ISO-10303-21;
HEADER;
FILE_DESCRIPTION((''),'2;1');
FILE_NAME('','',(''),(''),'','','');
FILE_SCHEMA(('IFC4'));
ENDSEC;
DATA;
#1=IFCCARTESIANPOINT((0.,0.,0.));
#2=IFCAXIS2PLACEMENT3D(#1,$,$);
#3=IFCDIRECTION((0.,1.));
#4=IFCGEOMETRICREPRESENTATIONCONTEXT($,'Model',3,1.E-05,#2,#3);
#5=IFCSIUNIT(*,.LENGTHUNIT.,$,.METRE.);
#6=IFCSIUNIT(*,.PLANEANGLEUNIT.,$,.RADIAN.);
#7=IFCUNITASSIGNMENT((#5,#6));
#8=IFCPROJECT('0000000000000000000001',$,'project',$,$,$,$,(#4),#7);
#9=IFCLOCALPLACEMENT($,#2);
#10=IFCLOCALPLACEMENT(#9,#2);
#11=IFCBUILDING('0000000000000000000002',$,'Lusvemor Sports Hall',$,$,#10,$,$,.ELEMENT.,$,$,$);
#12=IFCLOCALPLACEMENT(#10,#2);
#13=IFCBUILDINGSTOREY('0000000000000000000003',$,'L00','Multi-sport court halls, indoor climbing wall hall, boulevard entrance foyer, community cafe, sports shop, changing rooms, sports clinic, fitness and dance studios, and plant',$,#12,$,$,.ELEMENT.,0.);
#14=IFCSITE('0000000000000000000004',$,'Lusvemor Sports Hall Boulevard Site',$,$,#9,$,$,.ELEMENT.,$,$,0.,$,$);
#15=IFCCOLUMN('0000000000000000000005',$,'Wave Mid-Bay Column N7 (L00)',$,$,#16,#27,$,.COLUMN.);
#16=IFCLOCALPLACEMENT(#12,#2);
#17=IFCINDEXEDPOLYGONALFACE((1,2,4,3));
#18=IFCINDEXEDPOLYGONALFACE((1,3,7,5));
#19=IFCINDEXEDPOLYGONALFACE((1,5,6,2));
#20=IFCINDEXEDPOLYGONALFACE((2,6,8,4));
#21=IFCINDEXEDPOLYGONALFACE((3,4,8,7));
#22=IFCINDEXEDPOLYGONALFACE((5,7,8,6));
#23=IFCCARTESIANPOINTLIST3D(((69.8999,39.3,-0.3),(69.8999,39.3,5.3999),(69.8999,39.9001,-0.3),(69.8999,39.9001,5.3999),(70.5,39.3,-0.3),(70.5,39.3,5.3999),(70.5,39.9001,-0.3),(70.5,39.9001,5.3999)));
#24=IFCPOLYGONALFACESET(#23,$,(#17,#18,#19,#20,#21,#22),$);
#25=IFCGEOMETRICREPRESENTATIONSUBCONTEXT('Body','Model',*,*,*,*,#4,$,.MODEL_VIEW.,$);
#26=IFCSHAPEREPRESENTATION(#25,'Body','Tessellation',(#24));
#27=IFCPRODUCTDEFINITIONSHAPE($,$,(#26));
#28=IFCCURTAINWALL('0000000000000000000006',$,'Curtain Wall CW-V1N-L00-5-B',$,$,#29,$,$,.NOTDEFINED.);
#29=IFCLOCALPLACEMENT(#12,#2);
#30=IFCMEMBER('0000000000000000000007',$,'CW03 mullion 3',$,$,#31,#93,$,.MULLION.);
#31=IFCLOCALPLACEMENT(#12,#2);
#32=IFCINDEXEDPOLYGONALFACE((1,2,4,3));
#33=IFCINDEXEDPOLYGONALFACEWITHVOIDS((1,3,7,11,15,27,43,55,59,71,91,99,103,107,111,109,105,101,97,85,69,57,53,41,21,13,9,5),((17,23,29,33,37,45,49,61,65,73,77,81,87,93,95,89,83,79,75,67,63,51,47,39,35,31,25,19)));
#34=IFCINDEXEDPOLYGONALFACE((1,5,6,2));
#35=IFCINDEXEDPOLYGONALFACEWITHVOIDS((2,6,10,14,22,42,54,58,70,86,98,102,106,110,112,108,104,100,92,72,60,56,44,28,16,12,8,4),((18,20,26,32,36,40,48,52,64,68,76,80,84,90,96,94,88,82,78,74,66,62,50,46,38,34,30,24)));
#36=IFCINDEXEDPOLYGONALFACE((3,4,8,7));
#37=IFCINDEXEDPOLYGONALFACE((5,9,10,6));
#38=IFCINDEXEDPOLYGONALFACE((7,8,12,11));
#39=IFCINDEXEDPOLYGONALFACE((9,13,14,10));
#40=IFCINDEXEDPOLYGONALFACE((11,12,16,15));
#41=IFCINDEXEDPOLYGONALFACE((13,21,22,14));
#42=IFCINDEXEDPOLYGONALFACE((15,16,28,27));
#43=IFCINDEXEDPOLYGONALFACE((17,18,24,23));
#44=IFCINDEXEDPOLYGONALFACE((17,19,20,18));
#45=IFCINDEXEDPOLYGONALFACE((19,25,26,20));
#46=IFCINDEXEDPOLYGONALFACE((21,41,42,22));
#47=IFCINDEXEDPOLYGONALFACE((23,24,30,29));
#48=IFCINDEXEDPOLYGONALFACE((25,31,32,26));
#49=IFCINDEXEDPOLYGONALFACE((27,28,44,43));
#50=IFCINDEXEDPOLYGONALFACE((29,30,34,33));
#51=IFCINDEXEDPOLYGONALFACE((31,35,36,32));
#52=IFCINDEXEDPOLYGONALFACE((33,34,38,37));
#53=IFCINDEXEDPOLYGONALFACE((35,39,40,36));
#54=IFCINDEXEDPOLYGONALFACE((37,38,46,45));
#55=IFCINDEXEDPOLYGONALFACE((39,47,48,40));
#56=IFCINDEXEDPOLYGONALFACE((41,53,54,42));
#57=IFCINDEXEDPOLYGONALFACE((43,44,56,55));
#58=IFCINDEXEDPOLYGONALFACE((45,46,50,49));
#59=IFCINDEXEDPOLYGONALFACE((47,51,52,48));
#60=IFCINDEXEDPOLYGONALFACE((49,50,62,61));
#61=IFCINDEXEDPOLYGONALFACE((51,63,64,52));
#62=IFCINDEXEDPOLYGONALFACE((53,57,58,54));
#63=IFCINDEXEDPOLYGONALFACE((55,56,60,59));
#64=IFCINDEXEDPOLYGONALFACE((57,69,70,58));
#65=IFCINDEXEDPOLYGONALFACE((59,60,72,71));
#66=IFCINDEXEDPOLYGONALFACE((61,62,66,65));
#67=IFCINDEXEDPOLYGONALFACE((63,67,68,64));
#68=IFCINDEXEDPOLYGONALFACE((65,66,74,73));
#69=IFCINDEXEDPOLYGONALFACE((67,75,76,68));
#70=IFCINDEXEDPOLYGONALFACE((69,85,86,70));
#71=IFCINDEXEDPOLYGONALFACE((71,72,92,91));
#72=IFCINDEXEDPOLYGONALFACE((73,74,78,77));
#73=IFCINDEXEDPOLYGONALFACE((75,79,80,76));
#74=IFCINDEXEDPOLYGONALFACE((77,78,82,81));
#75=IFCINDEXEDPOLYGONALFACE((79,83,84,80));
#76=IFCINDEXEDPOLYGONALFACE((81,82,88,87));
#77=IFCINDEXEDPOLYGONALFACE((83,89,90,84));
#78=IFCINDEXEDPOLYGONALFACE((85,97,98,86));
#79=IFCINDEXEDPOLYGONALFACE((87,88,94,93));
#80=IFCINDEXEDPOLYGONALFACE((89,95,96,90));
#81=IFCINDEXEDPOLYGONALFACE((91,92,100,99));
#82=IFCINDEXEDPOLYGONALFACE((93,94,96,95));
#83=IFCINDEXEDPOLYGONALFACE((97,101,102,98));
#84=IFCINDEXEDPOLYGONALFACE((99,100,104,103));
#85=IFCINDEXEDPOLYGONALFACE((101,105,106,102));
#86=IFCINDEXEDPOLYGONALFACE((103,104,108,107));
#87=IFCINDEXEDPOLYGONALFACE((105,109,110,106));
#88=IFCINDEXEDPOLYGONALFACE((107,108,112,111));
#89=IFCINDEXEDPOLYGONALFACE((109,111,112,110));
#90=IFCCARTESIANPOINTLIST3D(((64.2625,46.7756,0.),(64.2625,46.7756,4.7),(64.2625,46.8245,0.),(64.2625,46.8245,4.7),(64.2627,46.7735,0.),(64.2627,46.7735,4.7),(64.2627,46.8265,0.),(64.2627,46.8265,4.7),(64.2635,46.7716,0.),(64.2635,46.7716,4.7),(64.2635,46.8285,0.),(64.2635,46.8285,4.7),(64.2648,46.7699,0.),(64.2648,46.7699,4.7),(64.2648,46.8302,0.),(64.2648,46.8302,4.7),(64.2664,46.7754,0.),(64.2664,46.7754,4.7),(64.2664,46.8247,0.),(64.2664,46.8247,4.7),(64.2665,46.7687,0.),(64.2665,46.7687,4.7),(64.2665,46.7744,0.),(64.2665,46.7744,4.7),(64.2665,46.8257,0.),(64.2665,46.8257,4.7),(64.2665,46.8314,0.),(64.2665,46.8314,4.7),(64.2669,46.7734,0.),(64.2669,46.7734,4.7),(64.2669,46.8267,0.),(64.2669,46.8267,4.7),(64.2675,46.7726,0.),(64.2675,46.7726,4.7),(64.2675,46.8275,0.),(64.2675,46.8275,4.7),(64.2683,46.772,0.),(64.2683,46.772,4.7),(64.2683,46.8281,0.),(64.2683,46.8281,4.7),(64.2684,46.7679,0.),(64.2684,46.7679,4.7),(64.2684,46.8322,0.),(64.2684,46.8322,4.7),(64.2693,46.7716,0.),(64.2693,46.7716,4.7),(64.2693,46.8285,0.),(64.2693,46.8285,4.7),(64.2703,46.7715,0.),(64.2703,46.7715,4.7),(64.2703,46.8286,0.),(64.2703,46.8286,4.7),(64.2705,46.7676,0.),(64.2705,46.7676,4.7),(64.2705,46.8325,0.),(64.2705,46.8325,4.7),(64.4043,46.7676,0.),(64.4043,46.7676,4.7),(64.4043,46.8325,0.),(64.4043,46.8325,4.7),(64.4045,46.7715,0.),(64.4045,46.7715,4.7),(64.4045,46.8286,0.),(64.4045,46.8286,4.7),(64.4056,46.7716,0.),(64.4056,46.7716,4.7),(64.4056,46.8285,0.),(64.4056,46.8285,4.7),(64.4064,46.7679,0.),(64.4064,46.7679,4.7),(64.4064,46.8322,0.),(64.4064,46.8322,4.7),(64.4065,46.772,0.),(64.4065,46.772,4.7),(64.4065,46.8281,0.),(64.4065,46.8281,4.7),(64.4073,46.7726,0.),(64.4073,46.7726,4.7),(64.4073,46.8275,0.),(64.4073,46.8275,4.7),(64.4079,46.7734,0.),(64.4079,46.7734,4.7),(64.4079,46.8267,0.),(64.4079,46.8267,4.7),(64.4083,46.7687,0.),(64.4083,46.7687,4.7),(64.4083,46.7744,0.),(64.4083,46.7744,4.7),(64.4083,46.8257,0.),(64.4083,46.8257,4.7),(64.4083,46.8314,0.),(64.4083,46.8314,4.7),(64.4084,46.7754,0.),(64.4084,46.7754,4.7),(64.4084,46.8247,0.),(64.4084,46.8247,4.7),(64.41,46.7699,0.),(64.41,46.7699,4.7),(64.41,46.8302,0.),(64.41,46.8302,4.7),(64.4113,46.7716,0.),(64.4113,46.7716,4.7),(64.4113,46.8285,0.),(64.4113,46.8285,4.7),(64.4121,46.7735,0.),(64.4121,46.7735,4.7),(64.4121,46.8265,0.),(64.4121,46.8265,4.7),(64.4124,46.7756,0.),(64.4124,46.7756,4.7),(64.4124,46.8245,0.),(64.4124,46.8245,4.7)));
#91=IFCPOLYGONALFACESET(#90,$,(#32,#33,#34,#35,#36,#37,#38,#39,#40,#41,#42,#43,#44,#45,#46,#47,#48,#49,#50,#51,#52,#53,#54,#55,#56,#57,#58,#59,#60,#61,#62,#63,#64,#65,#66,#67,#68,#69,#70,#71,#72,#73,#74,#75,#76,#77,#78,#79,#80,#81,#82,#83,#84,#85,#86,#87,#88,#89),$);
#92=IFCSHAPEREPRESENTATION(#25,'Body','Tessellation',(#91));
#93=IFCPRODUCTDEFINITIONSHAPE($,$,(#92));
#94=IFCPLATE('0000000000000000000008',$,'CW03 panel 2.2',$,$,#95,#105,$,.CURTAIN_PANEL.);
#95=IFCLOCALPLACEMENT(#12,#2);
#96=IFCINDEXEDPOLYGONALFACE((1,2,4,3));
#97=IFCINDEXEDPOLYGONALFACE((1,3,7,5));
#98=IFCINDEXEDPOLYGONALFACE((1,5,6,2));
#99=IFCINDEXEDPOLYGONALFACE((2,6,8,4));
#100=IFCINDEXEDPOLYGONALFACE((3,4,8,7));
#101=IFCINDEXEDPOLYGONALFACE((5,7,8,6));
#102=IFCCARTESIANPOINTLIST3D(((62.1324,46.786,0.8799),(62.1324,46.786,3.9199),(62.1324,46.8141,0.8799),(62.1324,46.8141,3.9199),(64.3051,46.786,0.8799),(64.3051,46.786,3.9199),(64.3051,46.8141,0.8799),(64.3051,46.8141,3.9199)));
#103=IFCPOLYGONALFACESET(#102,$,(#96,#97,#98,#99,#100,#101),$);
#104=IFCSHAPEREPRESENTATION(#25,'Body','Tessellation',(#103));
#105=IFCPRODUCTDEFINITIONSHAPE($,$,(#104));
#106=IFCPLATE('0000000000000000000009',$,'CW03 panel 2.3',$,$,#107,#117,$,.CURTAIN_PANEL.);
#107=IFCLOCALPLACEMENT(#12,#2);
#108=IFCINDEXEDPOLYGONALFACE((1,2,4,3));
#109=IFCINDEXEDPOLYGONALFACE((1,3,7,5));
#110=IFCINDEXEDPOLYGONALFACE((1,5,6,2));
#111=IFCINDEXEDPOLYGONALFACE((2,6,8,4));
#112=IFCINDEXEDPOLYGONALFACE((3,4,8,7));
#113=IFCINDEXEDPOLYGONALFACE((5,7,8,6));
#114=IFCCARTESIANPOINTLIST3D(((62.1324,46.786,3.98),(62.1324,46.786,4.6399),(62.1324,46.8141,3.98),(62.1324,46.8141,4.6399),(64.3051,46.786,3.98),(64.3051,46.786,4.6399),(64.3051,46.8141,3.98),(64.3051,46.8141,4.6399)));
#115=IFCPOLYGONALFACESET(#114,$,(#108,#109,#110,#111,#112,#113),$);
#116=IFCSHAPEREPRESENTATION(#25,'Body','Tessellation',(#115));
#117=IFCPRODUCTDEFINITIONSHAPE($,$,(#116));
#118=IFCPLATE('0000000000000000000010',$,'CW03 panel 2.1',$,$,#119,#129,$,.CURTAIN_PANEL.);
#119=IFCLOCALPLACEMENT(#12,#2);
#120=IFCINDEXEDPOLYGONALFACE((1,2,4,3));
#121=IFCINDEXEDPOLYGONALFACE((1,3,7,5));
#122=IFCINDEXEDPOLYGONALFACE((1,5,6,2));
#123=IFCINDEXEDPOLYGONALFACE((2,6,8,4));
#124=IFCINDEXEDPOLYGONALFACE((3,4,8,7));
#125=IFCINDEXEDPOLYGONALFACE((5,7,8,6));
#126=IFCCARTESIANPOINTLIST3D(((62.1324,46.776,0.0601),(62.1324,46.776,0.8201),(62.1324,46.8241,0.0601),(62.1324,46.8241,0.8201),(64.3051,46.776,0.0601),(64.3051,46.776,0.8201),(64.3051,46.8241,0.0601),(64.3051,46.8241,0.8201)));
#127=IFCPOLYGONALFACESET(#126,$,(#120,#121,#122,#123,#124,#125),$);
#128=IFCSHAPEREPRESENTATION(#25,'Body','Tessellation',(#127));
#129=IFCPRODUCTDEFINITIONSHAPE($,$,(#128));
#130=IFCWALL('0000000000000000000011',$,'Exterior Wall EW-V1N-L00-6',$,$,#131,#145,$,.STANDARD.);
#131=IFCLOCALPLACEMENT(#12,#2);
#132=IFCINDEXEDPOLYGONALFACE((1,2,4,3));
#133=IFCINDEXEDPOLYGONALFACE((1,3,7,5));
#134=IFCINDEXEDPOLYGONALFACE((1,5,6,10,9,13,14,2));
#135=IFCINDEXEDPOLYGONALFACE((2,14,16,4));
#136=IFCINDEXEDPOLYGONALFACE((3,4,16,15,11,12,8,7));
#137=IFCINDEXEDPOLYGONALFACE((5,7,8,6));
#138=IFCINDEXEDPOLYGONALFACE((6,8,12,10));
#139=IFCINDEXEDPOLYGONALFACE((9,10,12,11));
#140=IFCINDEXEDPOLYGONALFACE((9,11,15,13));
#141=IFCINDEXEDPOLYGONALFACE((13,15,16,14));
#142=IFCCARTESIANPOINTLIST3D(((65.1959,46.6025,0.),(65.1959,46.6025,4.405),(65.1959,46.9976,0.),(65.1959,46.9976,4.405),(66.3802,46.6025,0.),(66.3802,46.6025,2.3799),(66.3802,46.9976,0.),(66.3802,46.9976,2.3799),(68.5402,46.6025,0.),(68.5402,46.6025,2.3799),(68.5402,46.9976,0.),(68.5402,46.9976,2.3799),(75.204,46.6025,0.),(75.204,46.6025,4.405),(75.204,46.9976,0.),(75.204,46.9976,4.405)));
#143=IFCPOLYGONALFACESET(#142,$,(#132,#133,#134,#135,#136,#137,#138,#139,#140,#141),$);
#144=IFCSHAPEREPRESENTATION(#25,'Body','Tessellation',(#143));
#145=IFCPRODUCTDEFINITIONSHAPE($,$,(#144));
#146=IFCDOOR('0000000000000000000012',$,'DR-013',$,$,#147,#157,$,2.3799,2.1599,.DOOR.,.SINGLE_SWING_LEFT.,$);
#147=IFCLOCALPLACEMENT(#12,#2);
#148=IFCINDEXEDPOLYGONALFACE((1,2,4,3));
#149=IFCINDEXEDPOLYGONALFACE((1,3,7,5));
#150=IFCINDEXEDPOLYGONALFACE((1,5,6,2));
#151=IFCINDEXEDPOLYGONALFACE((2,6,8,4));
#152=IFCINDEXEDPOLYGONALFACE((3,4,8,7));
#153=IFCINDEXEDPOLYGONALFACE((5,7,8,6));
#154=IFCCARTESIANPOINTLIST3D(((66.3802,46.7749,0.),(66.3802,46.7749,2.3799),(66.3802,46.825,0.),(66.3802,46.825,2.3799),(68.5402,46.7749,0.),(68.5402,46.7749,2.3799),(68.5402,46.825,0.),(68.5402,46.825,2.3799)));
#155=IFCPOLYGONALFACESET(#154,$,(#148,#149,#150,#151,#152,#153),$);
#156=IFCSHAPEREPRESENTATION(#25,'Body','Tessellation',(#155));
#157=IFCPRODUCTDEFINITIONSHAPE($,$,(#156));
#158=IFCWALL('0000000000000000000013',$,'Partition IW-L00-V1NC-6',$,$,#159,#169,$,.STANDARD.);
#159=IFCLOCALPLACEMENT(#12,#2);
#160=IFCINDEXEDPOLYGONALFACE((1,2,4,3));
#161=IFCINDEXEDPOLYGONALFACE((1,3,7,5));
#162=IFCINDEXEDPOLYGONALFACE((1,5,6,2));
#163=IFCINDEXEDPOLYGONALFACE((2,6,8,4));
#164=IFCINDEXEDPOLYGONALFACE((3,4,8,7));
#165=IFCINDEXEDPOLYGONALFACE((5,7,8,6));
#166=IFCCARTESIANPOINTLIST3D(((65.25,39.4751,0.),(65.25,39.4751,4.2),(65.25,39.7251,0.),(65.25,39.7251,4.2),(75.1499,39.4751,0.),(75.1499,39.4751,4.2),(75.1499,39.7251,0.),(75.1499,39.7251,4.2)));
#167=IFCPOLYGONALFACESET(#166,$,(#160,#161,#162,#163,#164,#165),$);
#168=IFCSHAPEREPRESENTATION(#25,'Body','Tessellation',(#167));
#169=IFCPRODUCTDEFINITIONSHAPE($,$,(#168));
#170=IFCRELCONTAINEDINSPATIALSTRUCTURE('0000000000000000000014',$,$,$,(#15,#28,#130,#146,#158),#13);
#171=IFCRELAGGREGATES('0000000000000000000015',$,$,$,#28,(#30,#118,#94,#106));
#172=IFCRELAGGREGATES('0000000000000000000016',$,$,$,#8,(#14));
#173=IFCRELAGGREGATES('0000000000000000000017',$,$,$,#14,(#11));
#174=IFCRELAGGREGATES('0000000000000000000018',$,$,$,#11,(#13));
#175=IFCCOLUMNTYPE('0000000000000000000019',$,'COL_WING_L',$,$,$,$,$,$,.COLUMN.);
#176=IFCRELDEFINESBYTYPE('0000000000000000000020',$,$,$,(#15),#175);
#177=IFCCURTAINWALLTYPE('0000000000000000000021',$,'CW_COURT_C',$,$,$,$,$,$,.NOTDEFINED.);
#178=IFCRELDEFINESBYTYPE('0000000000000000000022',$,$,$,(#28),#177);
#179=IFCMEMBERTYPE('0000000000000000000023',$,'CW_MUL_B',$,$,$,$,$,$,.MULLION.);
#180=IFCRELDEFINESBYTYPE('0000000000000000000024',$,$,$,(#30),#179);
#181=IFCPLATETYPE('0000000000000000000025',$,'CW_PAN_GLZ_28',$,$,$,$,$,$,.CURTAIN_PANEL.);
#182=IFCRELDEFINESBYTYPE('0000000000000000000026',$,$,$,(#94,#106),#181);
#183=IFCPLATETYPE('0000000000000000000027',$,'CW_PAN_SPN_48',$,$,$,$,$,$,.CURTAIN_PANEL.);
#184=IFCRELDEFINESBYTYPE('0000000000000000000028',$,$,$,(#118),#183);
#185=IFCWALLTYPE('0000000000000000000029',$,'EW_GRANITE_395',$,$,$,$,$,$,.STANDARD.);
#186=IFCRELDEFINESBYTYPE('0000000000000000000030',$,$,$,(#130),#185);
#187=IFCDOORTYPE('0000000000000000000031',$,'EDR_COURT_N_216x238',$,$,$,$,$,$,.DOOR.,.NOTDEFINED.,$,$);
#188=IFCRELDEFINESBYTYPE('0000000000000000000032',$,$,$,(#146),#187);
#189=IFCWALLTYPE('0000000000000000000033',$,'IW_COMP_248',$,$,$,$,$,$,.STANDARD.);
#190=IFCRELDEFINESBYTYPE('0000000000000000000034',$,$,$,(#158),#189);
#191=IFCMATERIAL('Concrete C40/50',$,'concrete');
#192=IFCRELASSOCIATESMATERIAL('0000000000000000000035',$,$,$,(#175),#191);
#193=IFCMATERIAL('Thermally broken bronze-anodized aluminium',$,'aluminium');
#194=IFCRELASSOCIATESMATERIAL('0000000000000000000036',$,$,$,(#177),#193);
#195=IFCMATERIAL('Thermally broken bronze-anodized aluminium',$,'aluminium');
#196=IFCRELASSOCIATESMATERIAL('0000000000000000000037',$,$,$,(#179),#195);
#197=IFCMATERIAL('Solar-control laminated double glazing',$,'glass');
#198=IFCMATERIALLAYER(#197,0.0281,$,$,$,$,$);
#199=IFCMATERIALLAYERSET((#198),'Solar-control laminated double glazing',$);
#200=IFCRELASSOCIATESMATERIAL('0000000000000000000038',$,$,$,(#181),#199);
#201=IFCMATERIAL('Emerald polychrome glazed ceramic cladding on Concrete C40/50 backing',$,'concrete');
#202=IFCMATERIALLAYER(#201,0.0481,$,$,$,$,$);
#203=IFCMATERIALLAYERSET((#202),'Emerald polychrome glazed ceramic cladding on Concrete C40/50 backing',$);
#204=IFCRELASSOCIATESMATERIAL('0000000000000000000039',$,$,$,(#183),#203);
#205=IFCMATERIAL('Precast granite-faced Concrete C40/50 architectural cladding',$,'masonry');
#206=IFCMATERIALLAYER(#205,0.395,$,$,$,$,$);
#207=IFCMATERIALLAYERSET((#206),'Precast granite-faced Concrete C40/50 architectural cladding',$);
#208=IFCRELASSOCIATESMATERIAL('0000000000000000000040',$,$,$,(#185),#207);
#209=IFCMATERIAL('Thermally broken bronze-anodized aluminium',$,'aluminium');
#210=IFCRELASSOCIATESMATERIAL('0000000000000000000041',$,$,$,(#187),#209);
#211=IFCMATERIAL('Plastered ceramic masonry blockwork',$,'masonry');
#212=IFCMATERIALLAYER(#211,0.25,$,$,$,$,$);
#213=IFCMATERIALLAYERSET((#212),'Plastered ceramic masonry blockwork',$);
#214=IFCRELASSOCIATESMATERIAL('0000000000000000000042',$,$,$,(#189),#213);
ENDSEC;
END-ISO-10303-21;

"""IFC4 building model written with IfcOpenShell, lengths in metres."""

from ifc_helpers import new_model, si_unit, direction, frame, frame_2d, origin, origin_2d, place, context, subcontext, project, spatial, rectangle, hollow_rectangle, extrude, material, layer, layer_set, material_profile, profile_set, type_object, element, fill, aggregate, save


model = new_model("IFC4")

# Units and contexts
model_context = context("Model", 3, precision=1e-05, world=origin(), true_north=direction((0.0, 1.0)))
body_context = subcontext(model_context, "Body", "Model", "MODEL_VIEW")
ifc_project = project(units=[si_unit("LENGTHUNIT", "METRE"), si_unit("PLANEANGLEUNIT", "RADIAN")], contexts=[model_context])

# Site, building, storey
site_placement = place(None, origin())
site = spatial("IfcSite", under=ifc_project, at=site_placement, Name="Lusvemor Sports Hall Boulevard Site", CompositionType="ELEMENT", RefElevation=0.0)
building_placement = place(site_placement, origin())
building = spatial("IfcBuilding", under=site, at=building_placement, Name="Lusvemor Sports Hall", CompositionType="ELEMENT")
storey_placement = place(building_placement, origin())
storey = spatial("IfcBuildingStorey", under=building, at=storey_placement, Name="L00", Description="Multi-sport court halls, indoor climbing wall hall, boulevard entrance foyer, community cafe, sports shop, changing rooms, sports clinic, fitness and dance studios, and plant", CompositionType="ELEMENT", Elevation=0.0)

# Column
ifc_material_1 = material(Name="Concrete C40/50", Category="concrete")
ifc_material_profile_1 = material_profile(ifc_material_1, rectangle(XDim=0.6001, YDim=0.6001, at=origin_2d()), Name="RC600x600")
ifc_profile_set_1 = profile_set([ifc_material_profile_1], Name="Concrete C40/50")
column_type_1 = type_object("IfcColumnType", Name="COL_WING_L", PredefinedType="COLUMN", material=ifc_profile_set_1)
column_placement = place(storey_placement, frame((70.2, 39.6001, -0.3), z_axis=(0.0, 0.0, 1.0), x_axis=(1.0, 0.0, 0.0)))
element("IfcColumn", 1, at=column_placement, inside=storey, type_object=column_type_1, Name="Wave Mid-Bay Column N7 (L00)", PredefinedType="COLUMN", context=body_context, shape_type="SweptSolid", body=[
    extrude(rectangle(XDim=0.6001, YDim=0.6001, at=origin_2d()), origin(), (0.0, 0.0, 1.0), 5.7),
])

# Curtain wall, member, plates
ifc_material_2 = material(Name="Thermally broken bronze-anodized aluminium", Category="aluminium")
curtain_wall_type = type_object("IfcCurtainWallType", Name="CW_COURT_C", PredefinedType="NOTDEFINED", material=ifc_material_2)
curtain_wall_placement = place(storey_placement, origin())
curtain_wall = element("IfcCurtainWall", 2, at=curtain_wall_placement, inside=storey, type_object=curtain_wall_type, Name="Curtain Wall CW-V1N-L00-5-B", PredefinedType="NOTDEFINED")
ifc_material_3 = material(Name="Thermally broken bronze-anodized aluminium", Category="aluminium")
ifc_material_profile_2 = material_profile(ifc_material_3, hollow_rectangle(XDim=0.0649, YDim=0.1499, WallThickness=0.0039, InnerFilletRadius=0.0039, OuterFilletRadius=0.0081, at=origin_2d()), Name="CWMUL150x65x4")
ifc_profile_set_2 = profile_set([ifc_material_profile_2], Name="Thermally broken bronze-anodized aluminium")
member_type = type_object("IfcMemberType", Name="CW_MUL_B", PredefinedType="MULLION", material=ifc_profile_set_2)
member_placement = place(storey_placement, frame((64.3374, 46.8, 0.0), z_axis=(0.0, 0.0, 1.0), x_axis=(0.0, 1.0, 0.0)))
member = element("IfcMember", 3, at=member_placement, type_object=member_type, Name="CW03 mullion 3", PredefinedType="MULLION", context=body_context, shape_type="SweptSolid", body=[
    extrude(hollow_rectangle(XDim=0.0649, YDim=0.1499, WallThickness=0.0039, InnerFilletRadius=0.0039, OuterFilletRadius=0.0081, at=origin_2d()), origin(), (0.0, 0.0, 1.0), 4.7),
])
ifc_material_4 = material(Name="Solar-control laminated double glazing", Category="glass")
ifc_layer_1 = layer(ifc_material_4, 0.0281)
ifc_layer_set_1 = layer_set([ifc_layer_1], Name="Solar-control laminated double glazing")
plate_type_1 = type_object("IfcPlateType", Name="CW_PAN_GLZ_28", PredefinedType="CURTAIN_PANEL", material=ifc_layer_set_1)
plate_1_placement = place(storey_placement, frame((63.2188, 46.8, 0.8799), z_axis=(0.0, 0.0, 1.0), x_axis=(1.0, 0.0, 0.0)))
plate_1 = element("IfcPlate", 4, at=plate_1_placement, type_object=plate_type_1, Name="CW03 panel 2.2", PredefinedType="CURTAIN_PANEL", context=body_context, shape_type="SweptSolid", body=[
    extrude(rectangle(XDim=2.1726, YDim=0.0281, at=origin_2d()), origin(), (0.0, 0.0, 1.0), 3.04),
])
plate_2_placement = place(storey_placement, frame((63.2188, 46.8, 3.98), z_axis=(0.0, 0.0, 1.0), x_axis=(1.0, 0.0, 0.0)))
plate_2 = element("IfcPlate", 5, at=plate_2_placement, type_object=plate_type_1, Name="CW03 panel 2.3", PredefinedType="CURTAIN_PANEL", context=body_context, shape_type="SweptSolid", body=[
    extrude(rectangle(XDim=2.1726, YDim=0.0281, at=origin_2d()), origin(), (0.0, 0.0, 1.0), 0.6599),
])
ifc_material_5 = material(Name="Emerald polychrome glazed ceramic cladding on Concrete C40/50 backing", Category="concrete")
ifc_layer_2 = layer(ifc_material_5, 0.0481)
ifc_layer_set_2 = layer_set([ifc_layer_2], Name="Emerald polychrome glazed ceramic cladding on Concrete C40/50 backing")
plate_type_2 = type_object("IfcPlateType", Name="CW_PAN_SPN_48", PredefinedType="CURTAIN_PANEL", material=ifc_layer_set_2)
plate_3_placement = place(storey_placement, frame((63.2188, 46.8, 0.0601), z_axis=(0.0, 0.0, 1.0), x_axis=(1.0, 0.0, 0.0)))
plate_3 = element("IfcPlate", 6, at=plate_3_placement, type_object=plate_type_2, Name="CW03 panel 2.1", PredefinedType="CURTAIN_PANEL", context=body_context, shape_type="SweptSolid", body=[
    extrude(rectangle(XDim=2.1726, YDim=0.0481, at=origin_2d()), origin(), (0.0, 0.0, 1.0), 0.76),
])
aggregate(curtain_wall, [member, plate_3, plate_1, plate_2])

# Wall, opening, door
ifc_material_6 = material(Name="Precast granite-faced Concrete C40/50 architectural cladding", Category="masonry")
ifc_layer_3 = layer(ifc_material_6, 0.395)
ifc_layer_set_3 = layer_set([ifc_layer_3], Name="Precast granite-faced Concrete C40/50 architectural cladding")
wall_type_1 = type_object("IfcWallType", Name="EW_GRANITE_395", PredefinedType="STANDARD", material=ifc_layer_set_3)
wall_1_placement = place(storey_placement, frame((65.196, 46.8, 0.0), z_axis=(0.0, 0.0, 1.0), x_axis=(1.0, 0.0, 0.0)))
wall_1 = element("IfcWall", 7, at=wall_1_placement, inside=storey, type_object=wall_type_1, Name="Exterior Wall EW-V1N-L00-6", PredefinedType="STANDARD", context=body_context, shape_type="SweptSolid", body=[
    extrude(rectangle(XDim=10.0081, YDim=0.395, at=frame_2d((5.0039, 0.0))), origin(), (0.0, 0.0, 1.0), 4.405),
])
opening_1_placement = place(wall_1_placement, frame((1.1841, 0.0, 0.0)))
opening_1 = element("IfcOpeningElement", 8, at=opening_1_placement, cuts=wall_1, PredefinedType="OPENING", context=body_context, shape_type="SweptSolid", body=[
    extrude(rectangle(XDim=2.1599, YDim=2.3799, at=frame_2d((1.0801, 1.1899))), frame((0.0, 0.1975, 0.0), z_axis=(0.0, -1.0, 0.0), x_axis=(1.0, 0.0, 0.0)), (0.0, 0.0, 1.0), 0.395),
])
ifc_material_7 = material(Name="Thermally broken bronze-anodized aluminium", Category="aluminium")
door_type_1 = type_object("IfcDoorType", Name="EDR_COURT_N_216x238", OperationType="NOTDEFINED", PredefinedType="DOOR", material=ifc_material_7)
door_1_placement = place(opening_1_placement, origin())
door_1 = element("IfcDoor", 9, at=door_1_placement, inside=storey, type_object=door_type_1, Name="DR-013", OperationType="SINGLE_SWING_LEFT", OverallHeight=2.3799, OverallWidth=2.1599, PredefinedType="DOOR", context=body_context, shape_type="SweptSolid", body=[
    extrude(rectangle(XDim=2.1599, YDim=2.3799, at=frame_2d((1.0801, 1.1899))), frame((0.0, 0.0249, 0.0), z_axis=(0.0, -1.0, 0.0), x_axis=(1.0, 0.0, 0.0)), (0.0, 0.0, 1.0), 0.05),
])
fill(opening_1, door_1)

# Wall
ifc_material_8 = material(Name="Plastered ceramic masonry blockwork", Category="masonry")
ifc_layer_4 = layer(ifc_material_8, 0.25)
ifc_layer_set_4 = layer_set([ifc_layer_4], Name="Plastered ceramic masonry blockwork")
wall_type_2 = type_object("IfcWallType", Name="IW_COMP_248", PredefinedType="STANDARD", material=ifc_layer_set_4)
wall_2_placement = place(storey_placement, frame((65.25, 39.6001, 0.0), z_axis=(0.0, 0.0, 1.0), x_axis=(1.0, 0.0, 0.0)))
element("IfcWall", 10, at=wall_2_placement, inside=storey, type_object=wall_type_2, Name="Partition IW-L00-V1NC-6", PredefinedType="STANDARD", context=body_context, shape_type="SweptSolid", body=[
    extrude(rectangle(XDim=9.8999, YDim=0.25, at=frame_2d((4.95, 0.0))), origin(), (0.0, 0.0, 1.0), 4.2),
])

save(model, "model.ifc")
